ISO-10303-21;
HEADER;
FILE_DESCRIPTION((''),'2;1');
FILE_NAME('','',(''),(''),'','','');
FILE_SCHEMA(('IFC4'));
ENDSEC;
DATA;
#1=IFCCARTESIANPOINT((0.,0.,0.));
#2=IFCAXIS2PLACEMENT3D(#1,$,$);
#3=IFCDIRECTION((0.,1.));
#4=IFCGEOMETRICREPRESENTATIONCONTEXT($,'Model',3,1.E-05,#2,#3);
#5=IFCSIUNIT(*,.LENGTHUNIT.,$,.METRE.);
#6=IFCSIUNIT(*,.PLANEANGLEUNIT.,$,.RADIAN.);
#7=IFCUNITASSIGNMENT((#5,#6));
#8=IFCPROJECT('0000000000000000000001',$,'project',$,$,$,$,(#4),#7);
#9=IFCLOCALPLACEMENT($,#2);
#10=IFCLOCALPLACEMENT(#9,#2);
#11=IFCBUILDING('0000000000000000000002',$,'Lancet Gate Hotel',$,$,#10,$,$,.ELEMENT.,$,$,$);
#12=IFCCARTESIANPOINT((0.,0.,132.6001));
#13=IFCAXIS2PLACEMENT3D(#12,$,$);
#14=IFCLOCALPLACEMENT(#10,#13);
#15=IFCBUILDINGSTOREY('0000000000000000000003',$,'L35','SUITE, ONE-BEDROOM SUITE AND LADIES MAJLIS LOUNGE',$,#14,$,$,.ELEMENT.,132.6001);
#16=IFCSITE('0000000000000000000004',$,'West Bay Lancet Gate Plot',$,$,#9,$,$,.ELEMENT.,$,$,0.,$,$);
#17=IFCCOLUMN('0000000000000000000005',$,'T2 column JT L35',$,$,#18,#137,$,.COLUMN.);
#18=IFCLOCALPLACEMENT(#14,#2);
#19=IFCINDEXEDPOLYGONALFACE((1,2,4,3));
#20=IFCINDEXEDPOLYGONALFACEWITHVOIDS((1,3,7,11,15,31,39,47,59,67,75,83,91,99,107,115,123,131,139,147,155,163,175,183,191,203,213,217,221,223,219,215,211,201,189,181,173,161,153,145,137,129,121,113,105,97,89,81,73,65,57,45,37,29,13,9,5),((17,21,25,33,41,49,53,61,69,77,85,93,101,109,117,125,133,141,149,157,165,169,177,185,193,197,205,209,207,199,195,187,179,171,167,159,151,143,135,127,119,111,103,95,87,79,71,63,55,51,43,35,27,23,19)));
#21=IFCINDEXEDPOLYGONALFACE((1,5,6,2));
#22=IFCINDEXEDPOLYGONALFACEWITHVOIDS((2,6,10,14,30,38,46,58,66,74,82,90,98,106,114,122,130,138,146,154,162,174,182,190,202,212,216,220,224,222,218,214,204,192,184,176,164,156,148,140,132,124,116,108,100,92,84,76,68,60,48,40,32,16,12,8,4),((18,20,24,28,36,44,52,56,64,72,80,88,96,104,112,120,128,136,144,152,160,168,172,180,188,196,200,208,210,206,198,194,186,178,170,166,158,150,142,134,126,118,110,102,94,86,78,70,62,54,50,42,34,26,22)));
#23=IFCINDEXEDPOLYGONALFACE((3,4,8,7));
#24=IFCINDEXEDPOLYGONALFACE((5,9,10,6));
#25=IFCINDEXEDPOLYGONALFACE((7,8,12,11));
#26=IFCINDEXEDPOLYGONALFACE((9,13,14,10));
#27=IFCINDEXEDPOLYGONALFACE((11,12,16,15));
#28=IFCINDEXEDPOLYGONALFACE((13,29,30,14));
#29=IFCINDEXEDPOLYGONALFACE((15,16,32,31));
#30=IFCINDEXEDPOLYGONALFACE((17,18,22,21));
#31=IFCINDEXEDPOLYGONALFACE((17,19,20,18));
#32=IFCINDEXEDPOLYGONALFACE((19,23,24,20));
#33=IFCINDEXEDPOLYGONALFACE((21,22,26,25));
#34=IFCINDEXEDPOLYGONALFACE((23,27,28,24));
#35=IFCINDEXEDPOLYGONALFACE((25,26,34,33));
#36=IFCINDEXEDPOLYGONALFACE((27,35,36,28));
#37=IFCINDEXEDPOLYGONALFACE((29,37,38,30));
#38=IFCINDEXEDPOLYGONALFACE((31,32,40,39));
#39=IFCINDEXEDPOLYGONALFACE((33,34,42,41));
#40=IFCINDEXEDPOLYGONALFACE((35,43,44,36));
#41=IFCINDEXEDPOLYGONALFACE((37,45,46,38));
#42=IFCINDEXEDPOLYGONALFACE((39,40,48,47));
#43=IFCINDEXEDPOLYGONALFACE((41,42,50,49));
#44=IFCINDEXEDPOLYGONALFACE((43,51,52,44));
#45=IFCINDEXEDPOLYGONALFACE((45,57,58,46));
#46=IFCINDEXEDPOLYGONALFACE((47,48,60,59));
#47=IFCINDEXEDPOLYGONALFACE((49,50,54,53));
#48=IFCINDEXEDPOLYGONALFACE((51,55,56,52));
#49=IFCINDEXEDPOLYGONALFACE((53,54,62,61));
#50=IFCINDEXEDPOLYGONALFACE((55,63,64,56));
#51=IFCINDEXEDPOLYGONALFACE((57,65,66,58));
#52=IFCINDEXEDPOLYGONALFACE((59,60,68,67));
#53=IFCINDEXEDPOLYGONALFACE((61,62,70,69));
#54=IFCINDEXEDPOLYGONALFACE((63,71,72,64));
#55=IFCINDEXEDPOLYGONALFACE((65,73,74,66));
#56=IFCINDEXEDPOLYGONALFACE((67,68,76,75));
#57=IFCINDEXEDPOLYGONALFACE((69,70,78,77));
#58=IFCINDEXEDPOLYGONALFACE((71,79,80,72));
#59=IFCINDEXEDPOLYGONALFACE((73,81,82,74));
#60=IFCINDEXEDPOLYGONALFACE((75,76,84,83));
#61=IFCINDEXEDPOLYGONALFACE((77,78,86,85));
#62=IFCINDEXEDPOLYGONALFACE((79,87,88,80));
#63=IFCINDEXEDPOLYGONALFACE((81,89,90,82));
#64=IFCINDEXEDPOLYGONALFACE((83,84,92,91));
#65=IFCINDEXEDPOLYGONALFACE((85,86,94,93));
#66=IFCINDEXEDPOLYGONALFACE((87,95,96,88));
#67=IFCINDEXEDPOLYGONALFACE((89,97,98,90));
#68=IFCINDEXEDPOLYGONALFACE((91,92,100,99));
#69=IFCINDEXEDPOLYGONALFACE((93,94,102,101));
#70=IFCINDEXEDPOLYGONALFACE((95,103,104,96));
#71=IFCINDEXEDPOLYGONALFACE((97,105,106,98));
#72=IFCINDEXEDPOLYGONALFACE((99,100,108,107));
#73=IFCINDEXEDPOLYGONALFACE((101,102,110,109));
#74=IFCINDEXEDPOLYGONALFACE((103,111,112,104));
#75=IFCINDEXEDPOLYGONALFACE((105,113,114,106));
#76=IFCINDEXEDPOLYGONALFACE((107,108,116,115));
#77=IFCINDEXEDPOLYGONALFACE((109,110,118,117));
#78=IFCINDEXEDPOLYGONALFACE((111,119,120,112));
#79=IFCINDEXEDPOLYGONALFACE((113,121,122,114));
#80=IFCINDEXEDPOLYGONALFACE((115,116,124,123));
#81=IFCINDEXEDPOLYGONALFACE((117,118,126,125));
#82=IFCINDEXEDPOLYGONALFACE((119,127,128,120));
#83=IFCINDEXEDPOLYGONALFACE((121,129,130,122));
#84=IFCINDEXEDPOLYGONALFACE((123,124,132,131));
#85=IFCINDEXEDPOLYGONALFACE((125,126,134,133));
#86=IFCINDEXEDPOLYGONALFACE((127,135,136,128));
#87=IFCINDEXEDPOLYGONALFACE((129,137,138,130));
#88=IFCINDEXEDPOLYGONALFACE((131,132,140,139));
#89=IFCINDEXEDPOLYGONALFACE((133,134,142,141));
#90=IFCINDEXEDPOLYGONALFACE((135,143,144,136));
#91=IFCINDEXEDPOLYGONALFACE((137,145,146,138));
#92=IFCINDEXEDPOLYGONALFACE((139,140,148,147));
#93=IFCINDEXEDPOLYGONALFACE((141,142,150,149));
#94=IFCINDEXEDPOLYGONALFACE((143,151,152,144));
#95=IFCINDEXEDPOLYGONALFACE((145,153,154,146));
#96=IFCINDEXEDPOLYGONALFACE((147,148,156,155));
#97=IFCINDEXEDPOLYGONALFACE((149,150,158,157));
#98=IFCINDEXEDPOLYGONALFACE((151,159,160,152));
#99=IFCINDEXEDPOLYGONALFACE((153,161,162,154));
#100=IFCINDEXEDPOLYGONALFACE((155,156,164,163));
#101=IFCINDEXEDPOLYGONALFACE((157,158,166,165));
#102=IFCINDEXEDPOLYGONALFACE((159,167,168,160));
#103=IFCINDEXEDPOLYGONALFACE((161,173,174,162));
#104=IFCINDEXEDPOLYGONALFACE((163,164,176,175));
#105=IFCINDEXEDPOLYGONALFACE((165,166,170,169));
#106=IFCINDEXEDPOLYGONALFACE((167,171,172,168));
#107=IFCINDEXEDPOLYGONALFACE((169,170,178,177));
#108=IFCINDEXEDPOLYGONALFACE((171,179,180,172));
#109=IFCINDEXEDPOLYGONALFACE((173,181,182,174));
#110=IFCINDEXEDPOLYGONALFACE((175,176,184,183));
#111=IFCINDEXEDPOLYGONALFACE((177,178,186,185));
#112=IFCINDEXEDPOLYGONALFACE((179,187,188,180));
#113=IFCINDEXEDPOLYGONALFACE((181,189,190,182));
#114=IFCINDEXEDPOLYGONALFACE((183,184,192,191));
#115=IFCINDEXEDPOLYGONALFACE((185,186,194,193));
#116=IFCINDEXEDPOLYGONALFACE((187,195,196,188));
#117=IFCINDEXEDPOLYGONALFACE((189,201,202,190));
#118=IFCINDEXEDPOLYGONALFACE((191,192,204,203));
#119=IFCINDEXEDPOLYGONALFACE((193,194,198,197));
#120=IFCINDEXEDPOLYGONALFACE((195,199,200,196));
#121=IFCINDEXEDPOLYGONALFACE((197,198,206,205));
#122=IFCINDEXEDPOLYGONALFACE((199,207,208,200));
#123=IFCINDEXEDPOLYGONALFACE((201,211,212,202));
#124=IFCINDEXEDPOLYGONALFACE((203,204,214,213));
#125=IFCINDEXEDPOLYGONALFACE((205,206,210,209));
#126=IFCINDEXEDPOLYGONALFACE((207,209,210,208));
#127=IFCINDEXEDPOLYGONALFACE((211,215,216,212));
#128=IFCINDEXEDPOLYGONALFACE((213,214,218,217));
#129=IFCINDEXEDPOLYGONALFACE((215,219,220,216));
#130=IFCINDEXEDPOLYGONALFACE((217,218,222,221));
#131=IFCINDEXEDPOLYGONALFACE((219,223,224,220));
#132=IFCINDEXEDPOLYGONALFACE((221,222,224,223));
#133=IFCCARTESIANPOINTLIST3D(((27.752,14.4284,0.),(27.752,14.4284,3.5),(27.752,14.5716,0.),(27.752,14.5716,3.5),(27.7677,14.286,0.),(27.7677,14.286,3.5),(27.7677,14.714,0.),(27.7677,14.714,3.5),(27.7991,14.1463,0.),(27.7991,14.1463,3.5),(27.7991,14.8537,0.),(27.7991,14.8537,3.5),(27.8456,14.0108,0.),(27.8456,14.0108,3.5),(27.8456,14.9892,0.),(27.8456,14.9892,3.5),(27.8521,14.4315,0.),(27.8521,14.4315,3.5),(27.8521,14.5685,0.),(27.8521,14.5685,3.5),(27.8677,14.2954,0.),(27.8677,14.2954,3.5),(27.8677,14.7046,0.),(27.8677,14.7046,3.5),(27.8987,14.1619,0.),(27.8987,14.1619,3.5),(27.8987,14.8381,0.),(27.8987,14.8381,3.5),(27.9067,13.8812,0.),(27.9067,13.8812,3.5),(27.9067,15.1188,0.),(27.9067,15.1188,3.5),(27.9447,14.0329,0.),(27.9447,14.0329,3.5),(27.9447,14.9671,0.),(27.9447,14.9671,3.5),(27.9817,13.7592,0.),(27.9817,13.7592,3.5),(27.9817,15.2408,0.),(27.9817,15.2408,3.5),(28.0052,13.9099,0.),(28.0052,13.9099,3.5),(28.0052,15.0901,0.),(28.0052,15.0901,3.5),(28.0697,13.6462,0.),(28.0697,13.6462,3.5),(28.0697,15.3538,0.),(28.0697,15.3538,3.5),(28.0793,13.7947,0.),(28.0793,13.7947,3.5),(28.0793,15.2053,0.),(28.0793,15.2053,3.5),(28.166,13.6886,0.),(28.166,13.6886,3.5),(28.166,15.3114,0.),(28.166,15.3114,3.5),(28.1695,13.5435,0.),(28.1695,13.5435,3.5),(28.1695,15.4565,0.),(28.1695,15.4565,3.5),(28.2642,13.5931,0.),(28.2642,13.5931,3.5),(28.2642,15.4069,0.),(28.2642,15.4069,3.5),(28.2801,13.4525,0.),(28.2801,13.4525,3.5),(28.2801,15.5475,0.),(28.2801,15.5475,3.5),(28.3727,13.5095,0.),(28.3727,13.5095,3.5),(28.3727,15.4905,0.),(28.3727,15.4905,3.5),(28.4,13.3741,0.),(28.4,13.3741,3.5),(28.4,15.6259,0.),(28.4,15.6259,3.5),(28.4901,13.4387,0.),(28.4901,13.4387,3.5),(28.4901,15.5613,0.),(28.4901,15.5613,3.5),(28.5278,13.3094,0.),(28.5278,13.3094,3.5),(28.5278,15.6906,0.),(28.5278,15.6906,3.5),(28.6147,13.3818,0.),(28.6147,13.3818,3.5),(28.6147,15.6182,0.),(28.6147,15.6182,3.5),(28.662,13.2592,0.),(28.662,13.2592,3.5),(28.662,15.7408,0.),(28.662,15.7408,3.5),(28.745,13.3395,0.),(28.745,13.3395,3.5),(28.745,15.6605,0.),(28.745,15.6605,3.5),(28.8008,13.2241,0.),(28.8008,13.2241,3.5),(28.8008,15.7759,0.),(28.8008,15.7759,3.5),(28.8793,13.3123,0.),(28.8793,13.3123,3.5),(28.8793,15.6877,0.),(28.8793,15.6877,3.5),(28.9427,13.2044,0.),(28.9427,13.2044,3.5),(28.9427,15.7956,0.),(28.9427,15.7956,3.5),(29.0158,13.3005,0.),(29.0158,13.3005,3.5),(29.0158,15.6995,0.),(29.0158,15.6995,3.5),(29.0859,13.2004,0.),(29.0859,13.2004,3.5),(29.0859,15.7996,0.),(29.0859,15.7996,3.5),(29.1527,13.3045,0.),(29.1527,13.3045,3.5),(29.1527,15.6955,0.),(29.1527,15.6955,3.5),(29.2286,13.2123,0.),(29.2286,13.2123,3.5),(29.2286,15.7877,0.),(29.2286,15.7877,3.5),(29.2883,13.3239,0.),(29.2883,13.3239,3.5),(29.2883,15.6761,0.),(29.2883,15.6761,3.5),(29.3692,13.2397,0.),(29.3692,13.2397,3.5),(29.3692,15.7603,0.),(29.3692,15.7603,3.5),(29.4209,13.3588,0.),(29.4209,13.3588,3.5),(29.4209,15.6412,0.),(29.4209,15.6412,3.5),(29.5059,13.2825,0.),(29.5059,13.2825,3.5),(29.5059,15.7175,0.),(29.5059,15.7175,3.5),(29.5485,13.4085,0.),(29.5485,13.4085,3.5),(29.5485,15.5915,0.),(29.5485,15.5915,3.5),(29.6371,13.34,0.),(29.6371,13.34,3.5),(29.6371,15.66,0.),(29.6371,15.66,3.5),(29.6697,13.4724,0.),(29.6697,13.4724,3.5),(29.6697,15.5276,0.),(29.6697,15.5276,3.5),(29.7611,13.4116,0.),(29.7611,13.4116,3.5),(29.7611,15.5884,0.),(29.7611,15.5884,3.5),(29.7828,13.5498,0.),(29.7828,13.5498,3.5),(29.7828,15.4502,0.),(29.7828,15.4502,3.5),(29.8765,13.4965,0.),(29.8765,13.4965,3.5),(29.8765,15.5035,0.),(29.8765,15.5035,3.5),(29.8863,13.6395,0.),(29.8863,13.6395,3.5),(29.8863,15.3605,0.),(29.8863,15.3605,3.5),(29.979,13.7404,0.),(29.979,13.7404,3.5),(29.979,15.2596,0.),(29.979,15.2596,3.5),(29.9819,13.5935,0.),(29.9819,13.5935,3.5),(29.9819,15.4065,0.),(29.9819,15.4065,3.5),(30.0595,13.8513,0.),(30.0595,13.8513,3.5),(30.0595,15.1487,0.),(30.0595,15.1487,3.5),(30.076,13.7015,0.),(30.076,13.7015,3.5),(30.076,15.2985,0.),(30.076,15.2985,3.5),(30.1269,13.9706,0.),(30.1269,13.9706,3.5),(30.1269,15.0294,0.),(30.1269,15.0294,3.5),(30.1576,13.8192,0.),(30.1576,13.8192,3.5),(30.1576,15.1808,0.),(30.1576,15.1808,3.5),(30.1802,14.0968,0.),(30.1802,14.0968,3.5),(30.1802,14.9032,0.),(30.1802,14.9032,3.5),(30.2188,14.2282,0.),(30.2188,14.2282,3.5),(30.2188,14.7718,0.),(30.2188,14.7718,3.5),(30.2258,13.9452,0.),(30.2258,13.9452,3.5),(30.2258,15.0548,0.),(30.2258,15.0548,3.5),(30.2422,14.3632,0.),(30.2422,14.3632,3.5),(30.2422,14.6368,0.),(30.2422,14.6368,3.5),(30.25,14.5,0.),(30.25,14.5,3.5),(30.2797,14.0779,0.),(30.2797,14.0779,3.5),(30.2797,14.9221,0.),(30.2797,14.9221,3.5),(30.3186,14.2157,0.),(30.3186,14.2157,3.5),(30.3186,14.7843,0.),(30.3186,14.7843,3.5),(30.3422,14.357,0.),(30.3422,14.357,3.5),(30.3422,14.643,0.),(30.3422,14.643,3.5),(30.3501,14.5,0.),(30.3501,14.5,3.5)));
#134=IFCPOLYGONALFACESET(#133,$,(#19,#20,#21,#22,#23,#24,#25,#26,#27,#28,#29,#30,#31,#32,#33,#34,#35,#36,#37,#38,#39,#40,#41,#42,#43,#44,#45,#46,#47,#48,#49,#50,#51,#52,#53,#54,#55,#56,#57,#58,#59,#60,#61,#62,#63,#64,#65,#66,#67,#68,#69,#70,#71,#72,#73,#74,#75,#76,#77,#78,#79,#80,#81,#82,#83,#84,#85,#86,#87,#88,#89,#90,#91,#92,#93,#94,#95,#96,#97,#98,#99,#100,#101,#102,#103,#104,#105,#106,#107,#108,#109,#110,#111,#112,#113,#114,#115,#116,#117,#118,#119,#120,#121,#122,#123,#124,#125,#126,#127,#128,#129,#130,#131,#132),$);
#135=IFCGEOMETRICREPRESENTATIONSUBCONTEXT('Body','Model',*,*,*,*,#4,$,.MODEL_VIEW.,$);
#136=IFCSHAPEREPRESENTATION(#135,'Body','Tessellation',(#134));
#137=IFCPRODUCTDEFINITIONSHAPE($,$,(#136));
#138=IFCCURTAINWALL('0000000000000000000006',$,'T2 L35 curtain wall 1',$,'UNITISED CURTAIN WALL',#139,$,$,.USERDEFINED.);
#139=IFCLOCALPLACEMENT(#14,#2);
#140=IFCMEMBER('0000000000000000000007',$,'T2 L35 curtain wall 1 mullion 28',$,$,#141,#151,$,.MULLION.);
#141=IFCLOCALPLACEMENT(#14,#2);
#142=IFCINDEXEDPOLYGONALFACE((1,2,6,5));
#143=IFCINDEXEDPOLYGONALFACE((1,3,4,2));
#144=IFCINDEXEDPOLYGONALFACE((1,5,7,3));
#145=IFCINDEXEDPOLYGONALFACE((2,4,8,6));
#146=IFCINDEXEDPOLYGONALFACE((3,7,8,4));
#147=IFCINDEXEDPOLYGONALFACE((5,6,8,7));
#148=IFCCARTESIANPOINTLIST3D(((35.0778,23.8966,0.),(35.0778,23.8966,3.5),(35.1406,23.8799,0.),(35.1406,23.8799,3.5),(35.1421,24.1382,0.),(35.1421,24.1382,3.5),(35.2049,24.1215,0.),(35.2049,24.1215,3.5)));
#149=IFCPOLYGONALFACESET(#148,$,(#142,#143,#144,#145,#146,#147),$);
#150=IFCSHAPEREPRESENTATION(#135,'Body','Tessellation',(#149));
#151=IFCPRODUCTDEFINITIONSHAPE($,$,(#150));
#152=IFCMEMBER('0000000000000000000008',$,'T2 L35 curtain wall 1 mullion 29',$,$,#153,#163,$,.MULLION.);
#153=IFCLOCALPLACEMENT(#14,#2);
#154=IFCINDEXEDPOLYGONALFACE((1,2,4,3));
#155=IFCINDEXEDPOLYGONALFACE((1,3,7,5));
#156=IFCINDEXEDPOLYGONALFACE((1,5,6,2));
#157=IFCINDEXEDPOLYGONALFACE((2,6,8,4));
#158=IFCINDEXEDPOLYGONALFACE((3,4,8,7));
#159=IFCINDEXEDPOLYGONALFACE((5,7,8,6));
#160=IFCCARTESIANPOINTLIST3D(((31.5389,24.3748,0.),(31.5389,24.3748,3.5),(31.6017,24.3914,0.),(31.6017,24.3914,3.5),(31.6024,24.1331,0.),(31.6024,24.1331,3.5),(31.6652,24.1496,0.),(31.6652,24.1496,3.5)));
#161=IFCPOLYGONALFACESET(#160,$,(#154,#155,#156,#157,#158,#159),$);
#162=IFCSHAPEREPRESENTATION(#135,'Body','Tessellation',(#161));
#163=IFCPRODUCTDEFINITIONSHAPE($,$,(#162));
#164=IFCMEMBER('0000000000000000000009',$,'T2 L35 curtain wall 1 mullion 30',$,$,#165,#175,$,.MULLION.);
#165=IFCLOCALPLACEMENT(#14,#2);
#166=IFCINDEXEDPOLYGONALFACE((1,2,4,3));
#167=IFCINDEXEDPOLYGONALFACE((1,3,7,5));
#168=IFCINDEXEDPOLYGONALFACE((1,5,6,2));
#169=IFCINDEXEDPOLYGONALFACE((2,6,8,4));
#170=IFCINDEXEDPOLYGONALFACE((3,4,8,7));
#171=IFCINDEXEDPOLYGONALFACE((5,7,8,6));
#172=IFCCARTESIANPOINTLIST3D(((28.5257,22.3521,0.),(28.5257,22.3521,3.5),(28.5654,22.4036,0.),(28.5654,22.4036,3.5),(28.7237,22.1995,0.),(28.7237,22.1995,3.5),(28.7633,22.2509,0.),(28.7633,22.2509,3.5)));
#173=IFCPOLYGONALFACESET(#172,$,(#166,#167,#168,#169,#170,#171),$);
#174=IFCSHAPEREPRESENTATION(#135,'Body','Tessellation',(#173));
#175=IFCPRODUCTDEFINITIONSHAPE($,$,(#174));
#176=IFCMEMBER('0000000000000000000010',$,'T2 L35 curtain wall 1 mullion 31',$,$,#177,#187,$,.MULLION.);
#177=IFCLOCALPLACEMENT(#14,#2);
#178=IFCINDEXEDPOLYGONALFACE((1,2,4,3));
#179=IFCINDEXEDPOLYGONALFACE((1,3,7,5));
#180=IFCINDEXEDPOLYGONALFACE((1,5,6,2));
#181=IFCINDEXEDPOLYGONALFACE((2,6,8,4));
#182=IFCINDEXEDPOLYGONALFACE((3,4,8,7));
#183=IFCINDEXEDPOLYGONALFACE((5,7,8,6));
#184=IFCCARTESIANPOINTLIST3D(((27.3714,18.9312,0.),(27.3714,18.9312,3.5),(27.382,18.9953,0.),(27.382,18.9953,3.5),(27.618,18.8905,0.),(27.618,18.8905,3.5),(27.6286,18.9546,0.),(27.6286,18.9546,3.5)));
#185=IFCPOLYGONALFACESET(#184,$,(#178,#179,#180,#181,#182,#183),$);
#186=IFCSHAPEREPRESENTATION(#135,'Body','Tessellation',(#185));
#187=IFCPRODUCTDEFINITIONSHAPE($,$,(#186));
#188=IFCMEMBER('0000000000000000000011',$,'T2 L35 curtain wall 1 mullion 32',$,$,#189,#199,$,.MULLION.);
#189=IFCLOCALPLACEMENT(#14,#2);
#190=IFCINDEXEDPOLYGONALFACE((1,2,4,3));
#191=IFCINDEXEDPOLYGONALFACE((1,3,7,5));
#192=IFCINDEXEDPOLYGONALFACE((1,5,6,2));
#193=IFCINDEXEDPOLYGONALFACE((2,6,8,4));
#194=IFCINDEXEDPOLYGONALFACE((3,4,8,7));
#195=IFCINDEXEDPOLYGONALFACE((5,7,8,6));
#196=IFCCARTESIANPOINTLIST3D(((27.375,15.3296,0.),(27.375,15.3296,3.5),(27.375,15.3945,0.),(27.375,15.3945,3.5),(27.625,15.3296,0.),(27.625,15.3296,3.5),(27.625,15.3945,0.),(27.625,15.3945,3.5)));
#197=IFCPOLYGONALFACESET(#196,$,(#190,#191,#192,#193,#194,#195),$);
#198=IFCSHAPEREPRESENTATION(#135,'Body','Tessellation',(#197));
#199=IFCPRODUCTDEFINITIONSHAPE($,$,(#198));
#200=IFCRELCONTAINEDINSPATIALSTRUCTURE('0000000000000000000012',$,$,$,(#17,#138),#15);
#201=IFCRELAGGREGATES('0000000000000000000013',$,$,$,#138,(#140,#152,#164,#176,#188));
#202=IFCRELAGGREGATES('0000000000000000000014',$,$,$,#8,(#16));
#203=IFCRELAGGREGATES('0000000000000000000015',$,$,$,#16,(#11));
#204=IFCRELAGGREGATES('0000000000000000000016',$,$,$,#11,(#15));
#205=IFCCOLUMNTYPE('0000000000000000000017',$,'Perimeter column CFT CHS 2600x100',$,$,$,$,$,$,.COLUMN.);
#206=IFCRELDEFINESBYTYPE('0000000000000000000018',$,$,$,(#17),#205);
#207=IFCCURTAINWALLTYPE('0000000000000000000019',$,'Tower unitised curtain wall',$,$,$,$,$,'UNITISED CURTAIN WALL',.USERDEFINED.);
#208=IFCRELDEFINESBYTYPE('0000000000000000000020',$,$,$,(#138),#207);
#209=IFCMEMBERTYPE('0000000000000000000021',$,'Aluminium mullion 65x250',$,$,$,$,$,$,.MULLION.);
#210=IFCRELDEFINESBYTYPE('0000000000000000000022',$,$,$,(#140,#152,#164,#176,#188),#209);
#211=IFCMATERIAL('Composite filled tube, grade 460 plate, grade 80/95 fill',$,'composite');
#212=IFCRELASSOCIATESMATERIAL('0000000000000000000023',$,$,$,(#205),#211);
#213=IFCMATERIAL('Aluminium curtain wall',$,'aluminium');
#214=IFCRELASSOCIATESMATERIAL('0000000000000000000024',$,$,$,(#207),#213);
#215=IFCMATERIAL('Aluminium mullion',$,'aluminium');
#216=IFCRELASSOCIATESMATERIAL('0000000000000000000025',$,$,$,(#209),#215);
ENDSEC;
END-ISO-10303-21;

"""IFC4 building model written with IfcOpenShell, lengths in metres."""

from ifc_helpers import new_model, si_unit, direction, frame, origin, origin_2d, place, context, subcontext, project, spatial, rectangle, hollow_circle, extrude, material, material_profile, profile_set, type_object, element, aggregate, save


model = new_model("IFC4")

# Units and contexts
model_context = context("Model", 3, precision=1e-05, world=origin(), true_north=direction((0.0, 1.0)))
body_context = subcontext(model_context, "Body", "Model", "MODEL_VIEW")
ifc_project = project(units=[si_unit("LENGTHUNIT", "METRE"), si_unit("PLANEANGLEUNIT", "RADIAN")], contexts=[model_context])

# Site, building, storey
site_placement = place(None, origin())
site = spatial("IfcSite", under=ifc_project, at=site_placement, Name="West Bay Lancet Gate Plot", CompositionType="ELEMENT", RefElevation=0.0)
building_placement = place(site_placement, origin())
building = spatial("IfcBuilding", under=site, at=building_placement, Name="Lancet Gate Hotel", CompositionType="ELEMENT")
storey_placement = place(building_placement, frame((0.0, 0.0, 132.6001)))
storey = spatial("IfcBuildingStorey", under=building, at=storey_placement, Name="L35", Description="SUITE, ONE-BEDROOM SUITE AND LADIES MAJLIS LOUNGE", CompositionType="ELEMENT", Elevation=132.6001)

# Column
ifc_material_1 = material(Name="Composite filled tube, grade 460 plate, grade 80/95 fill", Category="composite")
ifc_material_profile_1 = material_profile(ifc_material_1, hollow_circle(Radius=1.3, WallThickness=0.1001, at=origin_2d()), Name="CHS 2600x100")
ifc_profile_set_1 = profile_set([ifc_material_profile_1], Name="Composite filled tube, grade 460 plate, grade 80/95 fill")
column_type = type_object("IfcColumnType", Name="Perimeter column CFT CHS 2600x100", PredefinedType="COLUMN", material=ifc_profile_set_1)
for number, where, z_axis, x_axis, name in (
    (1, (29.05, 14.5, 0.0), (0.0, 0.0, 1.0), (1.0, 0.0, 0.0), "T2 column JT L35"),
):
    element("IfcColumn", number, at=place(storey_placement, frame(where, z_axis=z_axis, x_axis=x_axis)), inside=storey, type_object=column_type, Name=name, PredefinedType="COLUMN", context=body_context, shape_type="SweptSolid", body=[
        extrude(hollow_circle(Radius=1.3, WallThickness=0.1001, at=origin_2d()), origin(), (0.0, 0.0, 1.0), 3.5),
    ])

# Curtain wall, members
ifc_material_2 = material(Name="Aluminium curtain wall", Category="aluminium")
curtain_wall_type = type_object("IfcCurtainWallType", Name="Tower unitised curtain wall", ElementType="UNITISED CURTAIN WALL", PredefinedType="USERDEFINED", material=ifc_material_2)
curtain_wall_placement = place(storey_placement, origin())
curtain_wall = element("IfcCurtainWall", 2, at=curtain_wall_placement, inside=storey, type_object=curtain_wall_type, Name="T2 L35 curtain wall 1", ObjectType="UNITISED CURTAIN WALL", PredefinedType="USERDEFINED")
ifc_material_3 = material(Name="Aluminium mullion", Category="aluminium")
ifc_material_profile_2 = material_profile(ifc_material_3, rectangle(XDim=0.0649, YDim=0.25, at=origin_2d()), Name="MULLION 65x250")
ifc_profile_set_2 = profile_set([ifc_material_profile_2], Name="Aluminium mullion")
member_type_1 = type_object("IfcMemberType", Name="Aluminium mullion 65x250", PredefinedType="MULLION", material=ifc_profile_set_2)
member_1_placement = place(storey_placement, frame((35.1414, 24.009, 0.0), z_axis=(0.0, 0.0, 1.0), x_axis=(-0.966317, 0.257353, 0.0)))
member_1 = element("IfcMember", 3, at=member_1_placement, type_object=member_type_1, Name="T2 L35 curtain wall 1 mullion 28", PredefinedType="MULLION", context=body_context, shape_type="SweptSolid", body=[
    extrude(rectangle(XDim=0.0649, YDim=0.25, at=origin_2d()), origin(), (0.0, 0.0, 1.0), 3.5),
])
member_2_placement = place(storey_placement, frame((31.6021, 24.2622, 0.0), z_axis=(0.0, 0.0, 1.0), x_axis=(-0.967157, -0.254179, 0.0)))
member_2 = element("IfcMember", 4, at=member_2_placement, type_object=member_type_1, Name="T2 L35 curtain wall 1 mullion 29", PredefinedType="MULLION", context=body_context, shape_type="SweptSolid", body=[
    extrude(rectangle(XDim=0.0649, YDim=0.25, at=origin_2d()), origin(), (0.0, 0.0, 1.0), 3.5),
])
member_3_placement = place(storey_placement, frame((28.6445, 22.3015, 0.0), z_axis=(0.0, 0.0, 1.0), x_axis=(-0.610664, -0.79189, 0.0)))
member_3 = element("IfcMember", 5, at=member_3_placement, type_object=member_type_1, Name="T2 L35 curtain wall 1 mullion 30", PredefinedType="MULLION", context=body_context, shape_type="SweptSolid", body=[
    extrude(rectangle(XDim=0.0649, YDim=0.25, at=origin_2d()), origin(), (0.0, 0.0, 1.0), 3.5),
])
member_4_placement = place(storey_placement, frame((27.5, 18.9429, 0.0), z_axis=(0.0, 0.0, 1.0), x_axis=(-0.162739, -0.986669, 0.0)))
member_4 = element("IfcMember", 6, at=member_4_placement, type_object=member_type_1, Name="T2 L35 curtain wall 1 mullion 31", PredefinedType="MULLION", context=body_context, shape_type="SweptSolid", body=[
    extrude(rectangle(XDim=0.0649, YDim=0.25, at=origin_2d()), origin(), (0.0, 0.0, 1.0), 3.5),
])
member_5_placement = place(storey_placement, frame((27.5, 15.3621, 0.0), z_axis=(0.0, 0.0, 1.0), x_axis=(0.0, -1.0, 0.0)))
member_5 = element("IfcMember", 7, at=member_5_placement, type_object=member_type_1, Name="T2 L35 curtain wall 1 mullion 32", PredefinedType="MULLION", context=body_context, shape_type="SweptSolid", body=[
    extrude(rectangle(XDim=0.0649, YDim=0.25, at=origin_2d()), origin(), (0.0, 0.0, 1.0), 3.5),
])

aggregate(curtain_wall, [member_1, member_2, member_3, member_4, member_5])

save(model, "model.ifc")
